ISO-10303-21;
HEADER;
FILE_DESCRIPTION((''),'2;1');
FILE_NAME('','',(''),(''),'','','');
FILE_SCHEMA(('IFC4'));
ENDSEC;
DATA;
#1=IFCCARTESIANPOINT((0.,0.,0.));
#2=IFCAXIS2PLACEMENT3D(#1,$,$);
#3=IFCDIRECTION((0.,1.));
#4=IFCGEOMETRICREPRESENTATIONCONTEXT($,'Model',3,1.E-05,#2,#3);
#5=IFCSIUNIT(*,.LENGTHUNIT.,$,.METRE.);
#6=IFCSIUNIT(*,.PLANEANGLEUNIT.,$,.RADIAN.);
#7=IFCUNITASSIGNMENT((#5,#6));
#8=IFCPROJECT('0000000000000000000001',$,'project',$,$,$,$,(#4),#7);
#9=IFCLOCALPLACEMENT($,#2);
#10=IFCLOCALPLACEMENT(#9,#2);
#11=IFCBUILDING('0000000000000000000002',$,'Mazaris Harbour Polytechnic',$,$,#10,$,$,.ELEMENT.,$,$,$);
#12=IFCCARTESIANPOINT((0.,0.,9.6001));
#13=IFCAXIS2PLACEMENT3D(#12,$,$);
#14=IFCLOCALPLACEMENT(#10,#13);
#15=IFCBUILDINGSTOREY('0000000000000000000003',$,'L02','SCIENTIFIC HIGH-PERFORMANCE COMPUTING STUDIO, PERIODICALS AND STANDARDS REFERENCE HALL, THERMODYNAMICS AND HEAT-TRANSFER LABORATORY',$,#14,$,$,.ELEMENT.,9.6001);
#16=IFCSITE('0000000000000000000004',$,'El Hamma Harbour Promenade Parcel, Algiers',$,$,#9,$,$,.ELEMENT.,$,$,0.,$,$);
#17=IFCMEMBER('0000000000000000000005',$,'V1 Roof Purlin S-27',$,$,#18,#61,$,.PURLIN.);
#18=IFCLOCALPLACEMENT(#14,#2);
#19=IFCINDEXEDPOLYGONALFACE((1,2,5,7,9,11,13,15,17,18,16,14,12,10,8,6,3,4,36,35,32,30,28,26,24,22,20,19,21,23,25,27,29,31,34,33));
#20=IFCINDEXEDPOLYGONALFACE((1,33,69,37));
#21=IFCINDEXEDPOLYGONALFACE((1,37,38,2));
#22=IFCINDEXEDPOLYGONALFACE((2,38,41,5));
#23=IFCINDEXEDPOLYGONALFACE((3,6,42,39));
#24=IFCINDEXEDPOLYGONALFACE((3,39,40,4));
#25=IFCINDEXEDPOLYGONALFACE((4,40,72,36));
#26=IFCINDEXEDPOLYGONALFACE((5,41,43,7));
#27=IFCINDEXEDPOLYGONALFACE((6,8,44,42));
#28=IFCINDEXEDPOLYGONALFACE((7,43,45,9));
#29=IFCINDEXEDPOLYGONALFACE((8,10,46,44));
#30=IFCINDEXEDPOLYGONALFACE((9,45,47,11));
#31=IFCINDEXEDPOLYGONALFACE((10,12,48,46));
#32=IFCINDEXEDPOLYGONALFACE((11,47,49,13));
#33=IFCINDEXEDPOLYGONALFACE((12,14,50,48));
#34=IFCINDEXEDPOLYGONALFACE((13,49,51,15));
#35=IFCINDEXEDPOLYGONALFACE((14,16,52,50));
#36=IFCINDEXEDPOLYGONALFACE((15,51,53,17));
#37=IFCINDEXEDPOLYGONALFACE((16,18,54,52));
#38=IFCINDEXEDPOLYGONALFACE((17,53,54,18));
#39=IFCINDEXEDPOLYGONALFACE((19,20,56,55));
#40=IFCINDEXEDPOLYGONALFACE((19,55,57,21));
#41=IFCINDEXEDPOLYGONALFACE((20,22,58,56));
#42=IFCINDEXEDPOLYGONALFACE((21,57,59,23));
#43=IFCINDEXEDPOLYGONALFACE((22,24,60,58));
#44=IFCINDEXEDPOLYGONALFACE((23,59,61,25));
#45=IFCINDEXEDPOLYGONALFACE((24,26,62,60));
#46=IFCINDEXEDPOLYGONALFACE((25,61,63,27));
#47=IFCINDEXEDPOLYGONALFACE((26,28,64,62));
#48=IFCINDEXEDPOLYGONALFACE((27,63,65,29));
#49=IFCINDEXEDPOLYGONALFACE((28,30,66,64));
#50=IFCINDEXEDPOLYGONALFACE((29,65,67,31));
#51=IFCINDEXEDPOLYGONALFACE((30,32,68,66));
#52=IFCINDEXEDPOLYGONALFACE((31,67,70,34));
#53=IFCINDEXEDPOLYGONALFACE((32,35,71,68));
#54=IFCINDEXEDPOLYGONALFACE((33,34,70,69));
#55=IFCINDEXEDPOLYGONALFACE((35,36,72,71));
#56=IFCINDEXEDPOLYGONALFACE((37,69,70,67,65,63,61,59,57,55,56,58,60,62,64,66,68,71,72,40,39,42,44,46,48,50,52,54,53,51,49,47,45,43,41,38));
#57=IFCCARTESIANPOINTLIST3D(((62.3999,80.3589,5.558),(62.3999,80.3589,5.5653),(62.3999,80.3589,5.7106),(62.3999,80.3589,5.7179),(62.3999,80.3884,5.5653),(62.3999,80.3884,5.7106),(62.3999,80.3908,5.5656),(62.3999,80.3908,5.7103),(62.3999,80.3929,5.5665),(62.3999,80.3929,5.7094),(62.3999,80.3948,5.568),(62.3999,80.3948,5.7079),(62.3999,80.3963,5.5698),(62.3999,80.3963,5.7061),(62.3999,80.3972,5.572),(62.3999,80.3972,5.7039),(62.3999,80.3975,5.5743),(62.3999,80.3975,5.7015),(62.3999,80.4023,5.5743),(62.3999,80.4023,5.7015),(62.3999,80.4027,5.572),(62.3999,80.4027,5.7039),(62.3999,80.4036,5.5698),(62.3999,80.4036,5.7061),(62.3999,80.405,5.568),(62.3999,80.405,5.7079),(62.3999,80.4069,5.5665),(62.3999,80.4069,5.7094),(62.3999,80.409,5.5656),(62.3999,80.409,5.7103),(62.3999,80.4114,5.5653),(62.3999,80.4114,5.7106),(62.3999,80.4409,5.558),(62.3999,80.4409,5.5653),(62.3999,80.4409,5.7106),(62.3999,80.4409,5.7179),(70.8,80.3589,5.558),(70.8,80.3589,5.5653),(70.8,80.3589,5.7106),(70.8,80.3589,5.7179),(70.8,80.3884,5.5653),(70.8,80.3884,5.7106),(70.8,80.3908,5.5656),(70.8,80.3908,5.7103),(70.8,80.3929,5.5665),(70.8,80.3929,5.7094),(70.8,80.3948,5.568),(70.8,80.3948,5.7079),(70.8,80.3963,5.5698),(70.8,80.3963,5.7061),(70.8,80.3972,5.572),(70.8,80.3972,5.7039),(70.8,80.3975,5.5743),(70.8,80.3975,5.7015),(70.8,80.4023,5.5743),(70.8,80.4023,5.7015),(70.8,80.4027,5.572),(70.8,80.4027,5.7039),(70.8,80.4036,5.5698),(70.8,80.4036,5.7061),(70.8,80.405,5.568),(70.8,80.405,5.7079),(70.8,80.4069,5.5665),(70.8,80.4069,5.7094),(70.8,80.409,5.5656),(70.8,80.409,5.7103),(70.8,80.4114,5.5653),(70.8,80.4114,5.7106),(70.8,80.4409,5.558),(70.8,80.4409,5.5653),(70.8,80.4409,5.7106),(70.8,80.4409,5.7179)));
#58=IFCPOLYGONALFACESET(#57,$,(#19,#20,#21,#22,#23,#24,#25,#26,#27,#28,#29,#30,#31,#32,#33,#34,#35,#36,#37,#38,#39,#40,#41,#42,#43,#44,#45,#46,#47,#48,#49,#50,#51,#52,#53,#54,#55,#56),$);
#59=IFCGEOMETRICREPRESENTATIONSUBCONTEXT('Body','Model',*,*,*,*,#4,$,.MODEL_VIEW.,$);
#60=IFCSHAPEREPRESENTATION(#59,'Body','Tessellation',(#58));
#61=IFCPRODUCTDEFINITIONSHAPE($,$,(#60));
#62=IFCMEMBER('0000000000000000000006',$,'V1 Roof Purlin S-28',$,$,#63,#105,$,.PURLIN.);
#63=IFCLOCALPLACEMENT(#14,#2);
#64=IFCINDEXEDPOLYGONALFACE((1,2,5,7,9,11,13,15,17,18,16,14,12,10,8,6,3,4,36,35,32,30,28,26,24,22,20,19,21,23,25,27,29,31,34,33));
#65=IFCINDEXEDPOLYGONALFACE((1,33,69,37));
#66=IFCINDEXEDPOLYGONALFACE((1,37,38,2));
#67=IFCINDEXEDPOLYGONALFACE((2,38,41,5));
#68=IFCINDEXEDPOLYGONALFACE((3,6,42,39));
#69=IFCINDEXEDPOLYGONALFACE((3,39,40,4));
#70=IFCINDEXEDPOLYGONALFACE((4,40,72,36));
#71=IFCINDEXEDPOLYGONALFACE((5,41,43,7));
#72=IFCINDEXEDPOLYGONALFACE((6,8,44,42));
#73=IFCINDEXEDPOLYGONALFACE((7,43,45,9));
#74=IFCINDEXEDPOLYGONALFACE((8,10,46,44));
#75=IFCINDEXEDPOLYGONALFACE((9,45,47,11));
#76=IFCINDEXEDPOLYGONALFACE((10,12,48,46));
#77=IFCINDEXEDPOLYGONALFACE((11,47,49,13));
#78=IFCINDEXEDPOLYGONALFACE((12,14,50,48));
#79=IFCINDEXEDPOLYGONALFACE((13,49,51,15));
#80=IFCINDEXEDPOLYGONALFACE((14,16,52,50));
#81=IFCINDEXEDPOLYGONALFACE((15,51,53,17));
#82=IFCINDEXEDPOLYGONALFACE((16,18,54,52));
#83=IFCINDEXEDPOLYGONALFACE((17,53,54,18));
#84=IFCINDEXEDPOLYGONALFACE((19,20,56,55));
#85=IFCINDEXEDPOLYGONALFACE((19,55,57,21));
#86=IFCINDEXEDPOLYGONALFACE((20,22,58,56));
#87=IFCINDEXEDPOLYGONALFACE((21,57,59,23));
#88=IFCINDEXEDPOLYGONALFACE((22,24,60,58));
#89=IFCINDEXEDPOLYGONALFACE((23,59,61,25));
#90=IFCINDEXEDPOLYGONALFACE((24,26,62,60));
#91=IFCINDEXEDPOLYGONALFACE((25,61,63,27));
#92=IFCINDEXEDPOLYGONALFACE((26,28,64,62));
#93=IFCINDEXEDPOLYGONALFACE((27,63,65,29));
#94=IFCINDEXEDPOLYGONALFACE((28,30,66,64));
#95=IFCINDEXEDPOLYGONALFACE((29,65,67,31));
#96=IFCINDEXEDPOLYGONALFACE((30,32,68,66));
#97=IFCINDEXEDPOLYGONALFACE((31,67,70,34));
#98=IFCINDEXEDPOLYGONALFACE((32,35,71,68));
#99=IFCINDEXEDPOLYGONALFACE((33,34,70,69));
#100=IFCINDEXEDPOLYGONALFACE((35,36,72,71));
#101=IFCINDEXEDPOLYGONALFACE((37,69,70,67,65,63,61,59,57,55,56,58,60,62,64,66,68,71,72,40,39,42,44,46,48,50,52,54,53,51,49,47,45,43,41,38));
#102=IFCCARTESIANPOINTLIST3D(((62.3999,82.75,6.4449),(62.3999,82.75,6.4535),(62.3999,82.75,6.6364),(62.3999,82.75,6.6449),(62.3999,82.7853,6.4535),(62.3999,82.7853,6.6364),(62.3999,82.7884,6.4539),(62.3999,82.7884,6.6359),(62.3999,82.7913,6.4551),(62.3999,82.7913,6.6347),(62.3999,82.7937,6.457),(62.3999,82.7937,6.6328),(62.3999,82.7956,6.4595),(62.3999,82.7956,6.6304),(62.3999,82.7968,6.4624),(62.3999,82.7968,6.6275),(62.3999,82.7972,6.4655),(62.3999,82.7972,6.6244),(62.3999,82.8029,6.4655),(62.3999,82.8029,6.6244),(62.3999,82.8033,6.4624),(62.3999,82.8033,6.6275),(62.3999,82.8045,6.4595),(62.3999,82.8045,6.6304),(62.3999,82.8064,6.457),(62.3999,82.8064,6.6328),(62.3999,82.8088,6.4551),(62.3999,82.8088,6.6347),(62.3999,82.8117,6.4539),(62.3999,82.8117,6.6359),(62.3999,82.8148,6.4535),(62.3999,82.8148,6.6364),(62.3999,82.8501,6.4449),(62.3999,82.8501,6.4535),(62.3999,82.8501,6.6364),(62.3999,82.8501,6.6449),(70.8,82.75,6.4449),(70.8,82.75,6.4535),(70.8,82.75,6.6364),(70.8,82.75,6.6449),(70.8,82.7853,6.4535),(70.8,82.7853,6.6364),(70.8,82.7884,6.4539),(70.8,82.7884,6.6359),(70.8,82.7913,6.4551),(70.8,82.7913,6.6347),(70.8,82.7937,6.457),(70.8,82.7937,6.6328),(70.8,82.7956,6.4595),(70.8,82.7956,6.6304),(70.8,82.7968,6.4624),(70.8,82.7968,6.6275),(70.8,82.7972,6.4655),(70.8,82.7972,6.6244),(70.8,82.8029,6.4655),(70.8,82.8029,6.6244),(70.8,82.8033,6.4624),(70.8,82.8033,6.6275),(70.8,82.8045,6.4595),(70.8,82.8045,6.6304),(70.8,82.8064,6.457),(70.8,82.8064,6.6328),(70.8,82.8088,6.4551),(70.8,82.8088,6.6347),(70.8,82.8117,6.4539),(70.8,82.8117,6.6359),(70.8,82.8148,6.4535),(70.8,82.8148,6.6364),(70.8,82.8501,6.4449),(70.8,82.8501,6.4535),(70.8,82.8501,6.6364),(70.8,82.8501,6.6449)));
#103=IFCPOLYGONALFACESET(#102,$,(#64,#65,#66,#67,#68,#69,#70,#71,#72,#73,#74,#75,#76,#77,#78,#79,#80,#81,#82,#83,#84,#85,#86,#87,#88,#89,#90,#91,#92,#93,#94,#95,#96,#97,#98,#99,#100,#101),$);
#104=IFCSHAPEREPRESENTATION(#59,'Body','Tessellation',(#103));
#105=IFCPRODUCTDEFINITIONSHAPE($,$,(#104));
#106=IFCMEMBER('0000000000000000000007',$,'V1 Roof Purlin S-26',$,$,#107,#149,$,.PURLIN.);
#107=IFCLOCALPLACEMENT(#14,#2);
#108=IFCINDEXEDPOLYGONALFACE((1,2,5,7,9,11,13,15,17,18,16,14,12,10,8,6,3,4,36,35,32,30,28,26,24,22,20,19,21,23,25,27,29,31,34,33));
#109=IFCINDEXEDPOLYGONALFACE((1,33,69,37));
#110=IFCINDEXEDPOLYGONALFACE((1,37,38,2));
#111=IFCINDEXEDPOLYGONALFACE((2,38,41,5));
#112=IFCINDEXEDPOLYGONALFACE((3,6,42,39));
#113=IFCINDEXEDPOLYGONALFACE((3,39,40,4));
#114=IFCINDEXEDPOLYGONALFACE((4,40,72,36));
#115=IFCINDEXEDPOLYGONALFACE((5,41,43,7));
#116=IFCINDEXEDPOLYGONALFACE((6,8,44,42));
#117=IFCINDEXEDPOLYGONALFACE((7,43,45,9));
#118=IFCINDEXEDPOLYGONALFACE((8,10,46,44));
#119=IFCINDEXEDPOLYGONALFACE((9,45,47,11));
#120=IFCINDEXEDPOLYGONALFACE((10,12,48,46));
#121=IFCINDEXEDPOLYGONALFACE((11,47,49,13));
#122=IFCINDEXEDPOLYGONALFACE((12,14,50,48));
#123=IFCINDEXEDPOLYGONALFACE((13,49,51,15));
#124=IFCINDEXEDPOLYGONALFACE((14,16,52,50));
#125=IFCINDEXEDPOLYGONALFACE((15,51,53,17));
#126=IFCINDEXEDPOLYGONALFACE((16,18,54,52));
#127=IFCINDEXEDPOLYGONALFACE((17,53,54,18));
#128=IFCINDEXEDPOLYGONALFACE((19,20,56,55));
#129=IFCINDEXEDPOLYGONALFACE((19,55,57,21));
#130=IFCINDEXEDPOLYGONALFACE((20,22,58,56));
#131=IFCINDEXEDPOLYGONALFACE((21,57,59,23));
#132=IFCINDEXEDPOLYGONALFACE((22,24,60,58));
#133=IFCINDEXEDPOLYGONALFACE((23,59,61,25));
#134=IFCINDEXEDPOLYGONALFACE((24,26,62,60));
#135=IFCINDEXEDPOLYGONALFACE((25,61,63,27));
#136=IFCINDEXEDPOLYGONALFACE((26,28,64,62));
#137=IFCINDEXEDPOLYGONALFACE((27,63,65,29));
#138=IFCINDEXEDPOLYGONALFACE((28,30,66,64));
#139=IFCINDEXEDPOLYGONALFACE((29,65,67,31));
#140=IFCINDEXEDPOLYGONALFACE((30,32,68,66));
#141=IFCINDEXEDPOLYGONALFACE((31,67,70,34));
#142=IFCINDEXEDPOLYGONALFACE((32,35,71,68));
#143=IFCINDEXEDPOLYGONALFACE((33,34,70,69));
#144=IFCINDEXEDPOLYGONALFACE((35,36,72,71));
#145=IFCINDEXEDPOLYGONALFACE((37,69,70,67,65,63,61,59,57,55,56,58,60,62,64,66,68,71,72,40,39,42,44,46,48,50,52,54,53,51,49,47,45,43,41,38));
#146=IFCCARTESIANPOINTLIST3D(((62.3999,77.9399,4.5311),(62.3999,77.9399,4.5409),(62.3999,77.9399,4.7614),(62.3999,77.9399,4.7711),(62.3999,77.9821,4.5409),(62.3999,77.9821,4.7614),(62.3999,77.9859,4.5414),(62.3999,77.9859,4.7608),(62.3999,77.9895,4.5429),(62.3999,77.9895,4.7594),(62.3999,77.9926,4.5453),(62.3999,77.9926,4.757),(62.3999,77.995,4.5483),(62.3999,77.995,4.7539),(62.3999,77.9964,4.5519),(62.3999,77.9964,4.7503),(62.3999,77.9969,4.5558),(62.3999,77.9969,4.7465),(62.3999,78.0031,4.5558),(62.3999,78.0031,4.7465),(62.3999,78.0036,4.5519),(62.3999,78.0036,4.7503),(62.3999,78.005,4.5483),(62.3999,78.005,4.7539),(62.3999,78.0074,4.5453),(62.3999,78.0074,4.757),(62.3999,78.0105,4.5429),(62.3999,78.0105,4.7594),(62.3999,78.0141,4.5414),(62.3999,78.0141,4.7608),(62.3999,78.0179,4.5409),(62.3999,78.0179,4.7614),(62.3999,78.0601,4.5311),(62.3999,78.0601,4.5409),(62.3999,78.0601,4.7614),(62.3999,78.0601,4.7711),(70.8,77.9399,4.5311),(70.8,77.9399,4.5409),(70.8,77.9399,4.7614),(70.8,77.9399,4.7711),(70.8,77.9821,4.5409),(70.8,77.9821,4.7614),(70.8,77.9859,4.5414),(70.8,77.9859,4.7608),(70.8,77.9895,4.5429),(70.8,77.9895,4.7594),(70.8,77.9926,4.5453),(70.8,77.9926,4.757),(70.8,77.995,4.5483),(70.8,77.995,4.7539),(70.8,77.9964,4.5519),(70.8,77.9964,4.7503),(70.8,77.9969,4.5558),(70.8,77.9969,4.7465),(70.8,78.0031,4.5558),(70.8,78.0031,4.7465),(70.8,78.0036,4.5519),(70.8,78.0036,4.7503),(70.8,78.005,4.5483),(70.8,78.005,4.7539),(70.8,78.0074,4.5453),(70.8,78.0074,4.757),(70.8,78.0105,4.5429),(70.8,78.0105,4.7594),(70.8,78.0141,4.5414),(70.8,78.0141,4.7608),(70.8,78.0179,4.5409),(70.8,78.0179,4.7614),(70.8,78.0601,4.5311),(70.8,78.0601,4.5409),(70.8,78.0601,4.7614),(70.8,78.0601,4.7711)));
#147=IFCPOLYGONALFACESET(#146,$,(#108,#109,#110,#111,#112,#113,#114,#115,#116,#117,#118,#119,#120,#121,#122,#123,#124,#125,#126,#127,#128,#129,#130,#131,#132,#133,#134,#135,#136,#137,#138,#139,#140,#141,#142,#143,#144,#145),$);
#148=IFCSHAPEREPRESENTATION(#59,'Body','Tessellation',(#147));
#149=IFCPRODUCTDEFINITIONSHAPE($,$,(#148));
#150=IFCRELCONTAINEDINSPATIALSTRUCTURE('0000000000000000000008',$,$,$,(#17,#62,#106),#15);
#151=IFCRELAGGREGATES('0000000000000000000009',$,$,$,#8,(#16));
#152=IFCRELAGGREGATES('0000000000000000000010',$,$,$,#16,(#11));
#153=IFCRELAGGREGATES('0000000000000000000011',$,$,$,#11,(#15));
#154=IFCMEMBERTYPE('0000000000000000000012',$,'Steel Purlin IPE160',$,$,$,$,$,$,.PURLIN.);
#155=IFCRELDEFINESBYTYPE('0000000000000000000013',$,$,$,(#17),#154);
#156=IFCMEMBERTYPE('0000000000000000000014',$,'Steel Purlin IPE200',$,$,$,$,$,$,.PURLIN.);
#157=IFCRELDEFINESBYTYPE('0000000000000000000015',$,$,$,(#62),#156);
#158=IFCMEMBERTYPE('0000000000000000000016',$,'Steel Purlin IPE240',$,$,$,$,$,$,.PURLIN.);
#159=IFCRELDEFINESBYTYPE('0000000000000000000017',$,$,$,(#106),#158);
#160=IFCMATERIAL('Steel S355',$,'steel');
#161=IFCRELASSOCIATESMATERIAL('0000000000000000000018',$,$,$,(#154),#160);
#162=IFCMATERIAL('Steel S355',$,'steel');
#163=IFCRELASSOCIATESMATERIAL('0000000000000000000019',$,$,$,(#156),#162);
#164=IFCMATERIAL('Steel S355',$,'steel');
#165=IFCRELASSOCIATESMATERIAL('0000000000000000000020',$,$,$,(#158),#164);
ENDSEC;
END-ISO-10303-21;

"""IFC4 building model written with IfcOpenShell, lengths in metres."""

from ifc_helpers import new_model, si_unit, direction, frame, origin, origin_2d, place, context, subcontext, project, spatial, i_section, extrude, material, material_profile, profile_set, type_object, element, save


model = new_model("IFC4")

# Units and contexts
model_context = context("Model", 3, precision=1e-05, world=origin(), true_north=direction((0.0, 1.0)))
body_context = subcontext(model_context, "Body", "Model", "MODEL_VIEW")
ifc_project = project(units=[si_unit("LENGTHUNIT", "METRE"), si_unit("PLANEANGLEUNIT", "RADIAN")], contexts=[model_context])

# Site, building, storey
site_placement = place(None, origin())
site = spatial("IfcSite", under=ifc_project, at=site_placement, Name="El Hamma Harbour Promenade Parcel, Algiers", CompositionType="ELEMENT", RefElevation=0.0)
building_placement = place(site_placement, origin())
building = spatial("IfcBuilding", under=site, at=building_placement, Name="Mazaris Harbour Polytechnic", CompositionType="ELEMENT")
storey_placement = place(building_placement, frame((0.0, 0.0, 9.6001)))
storey = spatial("IfcBuildingStorey", under=building, at=storey_placement, Name="L02", Description="SCIENTIFIC HIGH-PERFORMANCE COMPUTING STUDIO, PERIODICALS AND STANDARDS REFERENCE HALL, THERMODYNAMICS AND HEAT-TRANSFER LABORATORY", CompositionType="ELEMENT", Elevation=9.6001)

# Members
ifc_material_1 = material(Name="Steel S355", Category="steel")
ifc_material_profile_1 = material_profile(ifc_material_1, i_section(OverallWidth=0.082, OverallDepth=0.1599, WebThickness=0.0049, FlangeThickness=0.0073, FilletRadius=0.009, at=origin_2d()), Name="IPE 160")
ifc_profile_set_1 = profile_set([ifc_material_profile_1], Name="Steel S355")
member_type_1 = type_object("IfcMemberType", Name="Steel Purlin IPE160", PredefinedType="PURLIN", material=ifc_profile_set_1)
member_1_placement = place(storey_placement, frame((62.3999, 80.3999, 5.6379), z_axis=(1.0, 0.0, 0.0), x_axis=(0.0, 1.0, 0.0)))
element("IfcMember", 1, at=member_1_placement, inside=storey, type_object=member_type_1, Name="V1 Roof Purlin S-27", PredefinedType="PURLIN", context=body_context, shape_type="SweptSolid", body=[
    extrude(i_section(OverallWidth=0.082, OverallDepth=0.1599, WebThickness=0.0049, FlangeThickness=0.0073, FilletRadius=0.009, at=origin_2d()), origin(), (0.0, 0.0, 1.0), 8.4001),
])
ifc_material_2 = material(Name="Steel S355", Category="steel")
ifc_material_profile_2 = material_profile(ifc_material_2, i_section(OverallWidth=0.1001, OverallDepth=0.2, WebThickness=0.0056, FlangeThickness=0.0085, FilletRadius=0.012, at=origin_2d()), Name="IPE 200")
ifc_profile_set_2 = profile_set([ifc_material_profile_2], Name="Steel S355")
member_type_2 = type_object("IfcMemberType", Name="Steel Purlin IPE200", PredefinedType="PURLIN", material=ifc_profile_set_2)
member_2_placement = place(storey_placement, frame((62.3999, 82.8, 6.5449), z_axis=(1.0, 0.0, 0.0), x_axis=(0.0, 1.0, 0.0)))
element("IfcMember", 2, at=member_2_placement, inside=storey, type_object=member_type_2, Name="V1 Roof Purlin S-28", PredefinedType="PURLIN", context=body_context, shape_type="SweptSolid", body=[
    extrude(i_section(OverallWidth=0.1001, OverallDepth=0.2, WebThickness=0.0056, FlangeThickness=0.0085, FilletRadius=0.012, at=origin_2d()), origin(), (0.0, 0.0, 1.0), 8.4001),
])
ifc_material_3 = material(Name="Steel S355", Category="steel")
ifc_material_profile_3 = material_profile(ifc_material_3, i_section(OverallWidth=0.1201, OverallDepth=0.24, WebThickness=0.0061, FlangeThickness=0.0098, FilletRadius=0.0149, at=origin_2d()), Name="IPE 240")
ifc_profile_set_3 = profile_set([ifc_material_profile_3], Name="Steel S355")
member_type_3 = type_object("IfcMemberType", Name="Steel Purlin IPE240", PredefinedType="PURLIN", material=ifc_profile_set_3)
member_3_placement = place(storey_placement, frame((62.3999, 78.0, 4.6511), z_axis=(1.0, 0.0, 0.0), x_axis=(0.0, 1.0, 0.0)))
element("IfcMember", 3, at=member_3_placement, inside=storey, type_object=member_type_3, Name="V1 Roof Purlin S-26", PredefinedType="PURLIN", context=body_context, shape_type="SweptSolid", body=[
    extrude(i_section(OverallWidth=0.1201, OverallDepth=0.24, WebThickness=0.0061, FlangeThickness=0.0098, FilletRadius=0.0149, at=origin_2d()), origin(), (0.0, 0.0, 1.0), 8.4001),
])

save(model, "model.ifc")
